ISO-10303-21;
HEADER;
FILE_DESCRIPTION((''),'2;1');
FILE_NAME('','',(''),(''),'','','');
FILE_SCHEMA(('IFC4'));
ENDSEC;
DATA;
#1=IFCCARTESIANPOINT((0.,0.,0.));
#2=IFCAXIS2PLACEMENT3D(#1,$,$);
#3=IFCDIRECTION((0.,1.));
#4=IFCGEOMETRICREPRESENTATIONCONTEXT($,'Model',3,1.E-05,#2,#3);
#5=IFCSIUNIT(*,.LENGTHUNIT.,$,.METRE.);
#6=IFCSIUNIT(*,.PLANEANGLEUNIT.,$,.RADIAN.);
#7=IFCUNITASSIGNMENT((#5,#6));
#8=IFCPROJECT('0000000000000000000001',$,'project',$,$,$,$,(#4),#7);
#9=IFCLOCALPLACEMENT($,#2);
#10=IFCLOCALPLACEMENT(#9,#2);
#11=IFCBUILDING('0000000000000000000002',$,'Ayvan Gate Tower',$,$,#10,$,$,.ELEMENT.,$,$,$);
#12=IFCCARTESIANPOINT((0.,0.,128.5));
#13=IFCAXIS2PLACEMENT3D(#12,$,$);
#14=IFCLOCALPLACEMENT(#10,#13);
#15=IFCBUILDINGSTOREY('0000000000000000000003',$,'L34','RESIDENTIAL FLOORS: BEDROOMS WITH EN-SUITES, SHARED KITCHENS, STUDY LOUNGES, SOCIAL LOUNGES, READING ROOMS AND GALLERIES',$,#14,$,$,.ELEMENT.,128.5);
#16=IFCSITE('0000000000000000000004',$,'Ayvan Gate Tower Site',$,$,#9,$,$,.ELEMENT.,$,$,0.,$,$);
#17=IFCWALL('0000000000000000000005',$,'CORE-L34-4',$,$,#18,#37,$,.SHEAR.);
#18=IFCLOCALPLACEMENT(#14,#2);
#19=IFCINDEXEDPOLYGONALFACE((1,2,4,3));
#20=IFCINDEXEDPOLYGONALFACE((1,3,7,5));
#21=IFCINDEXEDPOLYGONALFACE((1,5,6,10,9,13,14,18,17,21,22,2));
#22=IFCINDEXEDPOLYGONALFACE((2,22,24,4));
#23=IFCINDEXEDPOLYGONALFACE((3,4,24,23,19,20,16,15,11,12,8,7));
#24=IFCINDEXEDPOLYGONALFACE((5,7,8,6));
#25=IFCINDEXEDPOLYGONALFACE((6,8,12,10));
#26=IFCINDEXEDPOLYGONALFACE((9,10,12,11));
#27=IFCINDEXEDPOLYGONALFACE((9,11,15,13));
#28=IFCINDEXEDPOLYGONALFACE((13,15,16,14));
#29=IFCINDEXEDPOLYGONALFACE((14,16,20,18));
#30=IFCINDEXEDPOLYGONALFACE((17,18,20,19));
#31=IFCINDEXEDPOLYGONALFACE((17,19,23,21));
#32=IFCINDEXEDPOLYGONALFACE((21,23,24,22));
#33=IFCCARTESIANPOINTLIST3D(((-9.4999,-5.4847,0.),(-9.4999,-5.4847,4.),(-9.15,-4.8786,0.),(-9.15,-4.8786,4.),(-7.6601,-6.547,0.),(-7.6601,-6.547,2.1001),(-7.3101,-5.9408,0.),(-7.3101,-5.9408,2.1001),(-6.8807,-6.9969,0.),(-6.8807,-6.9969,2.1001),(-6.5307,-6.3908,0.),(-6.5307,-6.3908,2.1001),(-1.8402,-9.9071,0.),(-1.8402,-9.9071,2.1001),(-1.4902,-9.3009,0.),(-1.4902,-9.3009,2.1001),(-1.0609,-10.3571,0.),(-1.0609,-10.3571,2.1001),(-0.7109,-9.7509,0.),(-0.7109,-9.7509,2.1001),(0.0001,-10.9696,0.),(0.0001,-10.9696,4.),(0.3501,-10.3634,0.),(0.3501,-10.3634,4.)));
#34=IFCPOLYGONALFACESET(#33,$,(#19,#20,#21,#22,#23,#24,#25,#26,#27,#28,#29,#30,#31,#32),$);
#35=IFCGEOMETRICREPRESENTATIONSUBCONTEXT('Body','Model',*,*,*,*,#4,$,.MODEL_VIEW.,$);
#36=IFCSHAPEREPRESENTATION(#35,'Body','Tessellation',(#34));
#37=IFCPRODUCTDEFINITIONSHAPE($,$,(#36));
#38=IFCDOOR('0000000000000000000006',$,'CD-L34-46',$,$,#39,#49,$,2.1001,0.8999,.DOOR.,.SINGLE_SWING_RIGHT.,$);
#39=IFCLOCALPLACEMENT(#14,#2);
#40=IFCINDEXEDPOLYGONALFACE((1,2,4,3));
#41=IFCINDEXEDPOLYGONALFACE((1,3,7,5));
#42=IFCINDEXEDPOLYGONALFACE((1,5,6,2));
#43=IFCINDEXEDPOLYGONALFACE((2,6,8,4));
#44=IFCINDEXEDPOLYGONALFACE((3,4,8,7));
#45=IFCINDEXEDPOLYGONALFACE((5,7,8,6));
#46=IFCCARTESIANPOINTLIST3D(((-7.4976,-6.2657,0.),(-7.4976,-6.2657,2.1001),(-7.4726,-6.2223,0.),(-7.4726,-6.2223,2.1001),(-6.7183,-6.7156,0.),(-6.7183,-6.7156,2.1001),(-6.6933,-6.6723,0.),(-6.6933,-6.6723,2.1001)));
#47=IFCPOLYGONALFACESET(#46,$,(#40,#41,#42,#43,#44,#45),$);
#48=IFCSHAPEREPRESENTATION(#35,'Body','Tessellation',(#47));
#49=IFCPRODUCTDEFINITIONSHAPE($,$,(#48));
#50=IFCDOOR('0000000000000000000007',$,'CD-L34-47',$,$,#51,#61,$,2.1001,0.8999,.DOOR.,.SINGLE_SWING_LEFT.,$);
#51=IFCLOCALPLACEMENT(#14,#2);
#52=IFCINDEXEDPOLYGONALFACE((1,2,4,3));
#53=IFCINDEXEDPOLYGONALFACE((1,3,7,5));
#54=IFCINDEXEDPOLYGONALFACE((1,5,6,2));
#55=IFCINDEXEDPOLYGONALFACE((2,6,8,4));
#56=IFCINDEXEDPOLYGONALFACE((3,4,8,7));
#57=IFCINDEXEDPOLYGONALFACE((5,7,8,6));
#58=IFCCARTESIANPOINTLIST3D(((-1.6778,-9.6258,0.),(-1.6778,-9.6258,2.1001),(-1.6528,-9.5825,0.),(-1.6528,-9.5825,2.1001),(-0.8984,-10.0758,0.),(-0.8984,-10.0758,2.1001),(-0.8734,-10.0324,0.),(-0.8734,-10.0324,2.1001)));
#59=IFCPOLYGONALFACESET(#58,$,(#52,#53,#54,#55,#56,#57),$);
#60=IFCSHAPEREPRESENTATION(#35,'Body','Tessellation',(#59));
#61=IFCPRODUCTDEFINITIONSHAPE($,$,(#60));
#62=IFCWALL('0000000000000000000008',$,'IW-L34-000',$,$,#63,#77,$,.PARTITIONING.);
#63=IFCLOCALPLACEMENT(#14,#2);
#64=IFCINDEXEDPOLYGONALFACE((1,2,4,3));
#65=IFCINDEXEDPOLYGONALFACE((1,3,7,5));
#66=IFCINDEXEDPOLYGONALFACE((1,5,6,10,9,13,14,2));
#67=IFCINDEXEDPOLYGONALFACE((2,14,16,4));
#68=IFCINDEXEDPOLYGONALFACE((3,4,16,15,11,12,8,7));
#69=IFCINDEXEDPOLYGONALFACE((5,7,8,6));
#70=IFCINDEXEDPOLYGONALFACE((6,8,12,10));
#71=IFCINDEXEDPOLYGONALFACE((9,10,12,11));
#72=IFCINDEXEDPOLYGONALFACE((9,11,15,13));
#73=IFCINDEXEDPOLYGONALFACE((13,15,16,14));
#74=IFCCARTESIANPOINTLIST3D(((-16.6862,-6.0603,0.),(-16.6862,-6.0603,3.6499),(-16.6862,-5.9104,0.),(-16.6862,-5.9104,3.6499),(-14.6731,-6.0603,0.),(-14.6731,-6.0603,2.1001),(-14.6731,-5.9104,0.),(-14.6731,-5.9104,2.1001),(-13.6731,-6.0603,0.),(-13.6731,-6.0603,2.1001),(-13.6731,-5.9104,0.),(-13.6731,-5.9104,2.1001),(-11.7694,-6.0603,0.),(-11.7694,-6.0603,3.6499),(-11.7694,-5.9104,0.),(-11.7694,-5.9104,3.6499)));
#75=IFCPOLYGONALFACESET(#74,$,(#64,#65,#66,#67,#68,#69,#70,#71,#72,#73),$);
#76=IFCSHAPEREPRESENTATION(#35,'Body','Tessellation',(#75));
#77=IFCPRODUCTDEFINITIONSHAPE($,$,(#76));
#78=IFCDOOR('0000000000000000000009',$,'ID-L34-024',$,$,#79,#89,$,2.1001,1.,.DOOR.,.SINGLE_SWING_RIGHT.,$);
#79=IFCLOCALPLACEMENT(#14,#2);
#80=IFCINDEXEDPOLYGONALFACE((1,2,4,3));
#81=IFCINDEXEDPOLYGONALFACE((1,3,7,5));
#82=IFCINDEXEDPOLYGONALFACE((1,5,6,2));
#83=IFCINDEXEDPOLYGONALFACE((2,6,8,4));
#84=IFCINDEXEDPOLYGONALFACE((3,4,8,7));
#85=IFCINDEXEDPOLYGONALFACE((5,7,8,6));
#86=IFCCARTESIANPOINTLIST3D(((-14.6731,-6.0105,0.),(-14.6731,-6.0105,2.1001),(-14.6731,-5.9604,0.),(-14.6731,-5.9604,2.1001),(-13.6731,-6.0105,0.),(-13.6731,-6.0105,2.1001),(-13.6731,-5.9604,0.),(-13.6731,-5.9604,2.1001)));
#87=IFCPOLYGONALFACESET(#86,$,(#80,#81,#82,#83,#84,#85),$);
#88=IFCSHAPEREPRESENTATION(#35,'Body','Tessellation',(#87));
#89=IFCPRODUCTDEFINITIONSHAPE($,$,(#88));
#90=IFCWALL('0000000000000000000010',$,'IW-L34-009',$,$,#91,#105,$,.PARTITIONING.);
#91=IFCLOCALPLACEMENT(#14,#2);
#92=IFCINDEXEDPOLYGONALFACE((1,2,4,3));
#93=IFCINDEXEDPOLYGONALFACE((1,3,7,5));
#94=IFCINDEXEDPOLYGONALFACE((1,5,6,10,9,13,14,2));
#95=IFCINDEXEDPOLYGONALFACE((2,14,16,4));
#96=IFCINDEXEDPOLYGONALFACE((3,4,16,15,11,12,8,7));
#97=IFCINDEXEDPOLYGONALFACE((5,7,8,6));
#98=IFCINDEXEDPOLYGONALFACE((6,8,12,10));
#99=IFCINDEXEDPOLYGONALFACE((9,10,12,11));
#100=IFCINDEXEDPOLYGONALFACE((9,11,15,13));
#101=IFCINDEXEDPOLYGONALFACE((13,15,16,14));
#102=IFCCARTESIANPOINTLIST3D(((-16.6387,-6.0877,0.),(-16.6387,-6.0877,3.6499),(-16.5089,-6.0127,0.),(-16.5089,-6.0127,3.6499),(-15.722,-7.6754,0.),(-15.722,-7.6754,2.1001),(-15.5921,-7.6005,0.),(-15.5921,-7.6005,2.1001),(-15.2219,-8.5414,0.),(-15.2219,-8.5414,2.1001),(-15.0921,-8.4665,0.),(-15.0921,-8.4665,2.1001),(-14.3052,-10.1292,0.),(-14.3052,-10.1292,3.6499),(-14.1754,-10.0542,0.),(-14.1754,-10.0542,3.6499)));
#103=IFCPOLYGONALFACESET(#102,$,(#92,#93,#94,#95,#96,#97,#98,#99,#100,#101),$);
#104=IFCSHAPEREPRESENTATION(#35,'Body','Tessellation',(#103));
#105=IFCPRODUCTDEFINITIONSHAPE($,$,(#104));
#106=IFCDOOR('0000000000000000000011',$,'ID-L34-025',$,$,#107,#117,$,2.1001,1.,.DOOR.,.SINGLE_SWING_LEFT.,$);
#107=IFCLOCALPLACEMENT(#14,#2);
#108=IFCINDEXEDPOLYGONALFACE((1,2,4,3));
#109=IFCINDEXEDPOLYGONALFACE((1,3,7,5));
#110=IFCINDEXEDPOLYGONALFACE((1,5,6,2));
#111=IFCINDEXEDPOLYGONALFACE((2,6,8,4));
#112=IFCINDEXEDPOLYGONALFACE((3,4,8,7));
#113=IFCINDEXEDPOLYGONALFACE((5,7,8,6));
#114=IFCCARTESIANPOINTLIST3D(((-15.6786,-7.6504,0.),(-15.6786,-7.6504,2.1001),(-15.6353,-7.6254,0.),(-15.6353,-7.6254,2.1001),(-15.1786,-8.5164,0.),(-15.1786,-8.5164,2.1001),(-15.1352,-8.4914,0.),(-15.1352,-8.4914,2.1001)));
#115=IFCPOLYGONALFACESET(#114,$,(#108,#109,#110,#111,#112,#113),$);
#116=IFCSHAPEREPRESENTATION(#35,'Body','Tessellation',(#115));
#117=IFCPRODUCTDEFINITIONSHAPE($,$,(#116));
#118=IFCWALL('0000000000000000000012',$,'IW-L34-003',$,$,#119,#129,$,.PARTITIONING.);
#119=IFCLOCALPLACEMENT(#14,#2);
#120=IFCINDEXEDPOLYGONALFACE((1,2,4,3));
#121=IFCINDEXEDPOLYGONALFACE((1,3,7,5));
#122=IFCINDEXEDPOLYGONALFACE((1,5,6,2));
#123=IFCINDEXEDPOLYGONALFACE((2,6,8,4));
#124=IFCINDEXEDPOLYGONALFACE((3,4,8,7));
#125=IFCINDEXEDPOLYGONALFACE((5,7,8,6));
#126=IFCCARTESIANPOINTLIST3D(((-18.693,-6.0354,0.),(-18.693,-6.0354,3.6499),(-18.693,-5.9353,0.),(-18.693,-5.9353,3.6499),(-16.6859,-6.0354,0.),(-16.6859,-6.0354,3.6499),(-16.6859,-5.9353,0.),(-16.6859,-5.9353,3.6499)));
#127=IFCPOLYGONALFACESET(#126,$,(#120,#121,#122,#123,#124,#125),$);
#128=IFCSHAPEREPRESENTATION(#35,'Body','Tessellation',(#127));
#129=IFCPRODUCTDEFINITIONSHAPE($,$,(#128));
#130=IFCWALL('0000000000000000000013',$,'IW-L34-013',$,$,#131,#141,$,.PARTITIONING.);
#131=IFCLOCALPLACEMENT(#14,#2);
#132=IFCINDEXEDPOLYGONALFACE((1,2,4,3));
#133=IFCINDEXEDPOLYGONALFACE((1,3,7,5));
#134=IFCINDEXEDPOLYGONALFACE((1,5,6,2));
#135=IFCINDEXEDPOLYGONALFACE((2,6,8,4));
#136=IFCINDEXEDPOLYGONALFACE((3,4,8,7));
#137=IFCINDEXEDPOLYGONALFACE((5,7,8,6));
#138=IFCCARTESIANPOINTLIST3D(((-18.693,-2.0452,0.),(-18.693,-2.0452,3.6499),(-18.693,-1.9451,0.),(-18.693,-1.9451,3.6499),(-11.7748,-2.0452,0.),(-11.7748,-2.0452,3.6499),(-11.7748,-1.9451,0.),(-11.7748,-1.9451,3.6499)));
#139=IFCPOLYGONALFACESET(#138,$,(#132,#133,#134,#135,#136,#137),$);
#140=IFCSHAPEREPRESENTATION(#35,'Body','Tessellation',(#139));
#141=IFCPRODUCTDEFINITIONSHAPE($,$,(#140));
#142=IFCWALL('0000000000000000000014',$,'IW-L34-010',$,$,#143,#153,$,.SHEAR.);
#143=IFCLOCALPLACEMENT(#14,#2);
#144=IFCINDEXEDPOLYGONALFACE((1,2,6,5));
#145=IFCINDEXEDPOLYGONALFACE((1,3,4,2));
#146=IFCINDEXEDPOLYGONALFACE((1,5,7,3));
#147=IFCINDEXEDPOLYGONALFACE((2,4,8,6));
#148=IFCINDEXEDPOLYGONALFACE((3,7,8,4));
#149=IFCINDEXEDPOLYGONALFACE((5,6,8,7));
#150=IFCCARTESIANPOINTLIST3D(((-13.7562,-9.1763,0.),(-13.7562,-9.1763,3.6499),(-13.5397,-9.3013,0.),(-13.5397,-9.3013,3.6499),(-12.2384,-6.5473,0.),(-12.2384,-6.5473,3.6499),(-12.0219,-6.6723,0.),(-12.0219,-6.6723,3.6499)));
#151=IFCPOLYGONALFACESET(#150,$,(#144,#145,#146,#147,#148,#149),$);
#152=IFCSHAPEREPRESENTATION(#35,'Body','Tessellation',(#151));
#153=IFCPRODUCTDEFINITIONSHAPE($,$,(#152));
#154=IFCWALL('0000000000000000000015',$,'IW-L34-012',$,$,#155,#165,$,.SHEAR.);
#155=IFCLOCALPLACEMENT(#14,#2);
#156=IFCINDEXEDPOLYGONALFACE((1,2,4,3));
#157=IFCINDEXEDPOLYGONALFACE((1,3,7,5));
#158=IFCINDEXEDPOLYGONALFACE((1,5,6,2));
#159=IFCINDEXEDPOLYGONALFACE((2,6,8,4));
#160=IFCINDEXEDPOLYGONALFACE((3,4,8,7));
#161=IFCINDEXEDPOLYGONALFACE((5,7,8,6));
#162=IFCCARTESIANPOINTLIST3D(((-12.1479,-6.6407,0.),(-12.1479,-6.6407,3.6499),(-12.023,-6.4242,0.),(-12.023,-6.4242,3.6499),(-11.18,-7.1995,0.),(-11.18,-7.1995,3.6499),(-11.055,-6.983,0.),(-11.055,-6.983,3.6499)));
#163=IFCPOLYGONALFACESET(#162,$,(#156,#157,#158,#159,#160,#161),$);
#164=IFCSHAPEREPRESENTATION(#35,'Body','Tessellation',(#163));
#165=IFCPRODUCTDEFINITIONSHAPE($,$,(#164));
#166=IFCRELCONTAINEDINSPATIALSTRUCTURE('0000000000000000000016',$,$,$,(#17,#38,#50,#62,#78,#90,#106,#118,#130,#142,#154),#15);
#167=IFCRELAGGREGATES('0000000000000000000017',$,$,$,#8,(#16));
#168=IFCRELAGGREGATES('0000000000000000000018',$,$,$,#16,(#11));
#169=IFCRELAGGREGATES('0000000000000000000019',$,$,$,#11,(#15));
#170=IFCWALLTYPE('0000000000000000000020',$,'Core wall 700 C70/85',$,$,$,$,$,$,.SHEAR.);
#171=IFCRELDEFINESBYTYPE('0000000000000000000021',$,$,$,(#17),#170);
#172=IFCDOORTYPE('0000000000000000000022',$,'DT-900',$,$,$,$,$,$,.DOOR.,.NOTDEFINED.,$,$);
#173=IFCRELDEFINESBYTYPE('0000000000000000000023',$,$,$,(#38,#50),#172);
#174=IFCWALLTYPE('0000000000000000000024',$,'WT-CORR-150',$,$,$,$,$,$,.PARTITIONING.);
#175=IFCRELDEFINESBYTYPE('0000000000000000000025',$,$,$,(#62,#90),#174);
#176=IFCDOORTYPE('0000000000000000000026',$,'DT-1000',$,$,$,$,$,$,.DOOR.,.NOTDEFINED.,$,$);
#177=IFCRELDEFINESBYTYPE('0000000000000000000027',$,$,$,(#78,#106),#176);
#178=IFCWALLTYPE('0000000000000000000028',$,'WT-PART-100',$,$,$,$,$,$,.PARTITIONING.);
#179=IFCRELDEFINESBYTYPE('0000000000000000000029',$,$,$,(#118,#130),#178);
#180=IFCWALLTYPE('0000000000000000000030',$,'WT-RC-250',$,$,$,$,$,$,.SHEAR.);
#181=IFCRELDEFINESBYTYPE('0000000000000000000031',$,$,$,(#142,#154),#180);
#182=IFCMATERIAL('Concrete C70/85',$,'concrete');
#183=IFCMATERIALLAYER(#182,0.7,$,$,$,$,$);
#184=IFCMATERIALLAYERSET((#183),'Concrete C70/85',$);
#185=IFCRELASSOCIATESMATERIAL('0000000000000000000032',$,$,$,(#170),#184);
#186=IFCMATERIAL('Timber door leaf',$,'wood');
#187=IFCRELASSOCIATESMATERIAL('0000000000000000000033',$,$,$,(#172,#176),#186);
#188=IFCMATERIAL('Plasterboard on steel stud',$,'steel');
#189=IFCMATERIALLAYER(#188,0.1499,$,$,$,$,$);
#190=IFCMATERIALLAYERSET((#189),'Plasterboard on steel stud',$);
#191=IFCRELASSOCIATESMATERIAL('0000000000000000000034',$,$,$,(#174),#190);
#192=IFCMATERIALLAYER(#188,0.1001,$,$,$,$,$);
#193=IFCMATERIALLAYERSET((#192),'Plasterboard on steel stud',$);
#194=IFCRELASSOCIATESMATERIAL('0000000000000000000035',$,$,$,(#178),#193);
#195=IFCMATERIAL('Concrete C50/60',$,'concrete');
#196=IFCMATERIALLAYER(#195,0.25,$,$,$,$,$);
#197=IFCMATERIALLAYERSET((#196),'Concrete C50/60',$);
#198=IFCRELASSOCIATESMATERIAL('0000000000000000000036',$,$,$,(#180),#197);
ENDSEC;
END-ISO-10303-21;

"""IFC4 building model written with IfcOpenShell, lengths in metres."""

from ifc_helpers import new_model, si_unit, direction, frame, frame_2d, origin, place, context, subcontext, project, spatial, rectangle, extrude, material, layer, layer_set, type_object, element, fill, save


model = new_model("IFC4")

# Units and contexts
model_context = context("Model", 3, precision=1e-05, world=origin(), true_north=direction((0.0, 1.0)))
body_context = subcontext(model_context, "Body", "Model", "MODEL_VIEW")
ifc_project = project(units=[si_unit("LENGTHUNIT", "METRE"), si_unit("PLANEANGLEUNIT", "RADIAN")], contexts=[model_context])

# Site, building, storey
site_placement = place(None, origin())
site = spatial("IfcSite", under=ifc_project, at=site_placement, Name="Ayvan Gate Tower Site", CompositionType="ELEMENT", RefElevation=0.0)
building_placement = place(site_placement, origin())
building = spatial("IfcBuilding", under=site, at=building_placement, Name="Ayvan Gate Tower", CompositionType="ELEMENT")
storey_placement = place(building_placement, frame((0.0, 0.0, 128.5)))
storey = spatial("IfcBuildingStorey", under=building, at=storey_placement, Name="L34", Description="RESIDENTIAL FLOORS: BEDROOMS WITH EN-SUITES, SHARED KITCHENS, STUDY LOUNGES, SOCIAL LOUNGES, READING ROOMS AND GALLERIES", CompositionType="ELEMENT", Elevation=128.5)

# Wall, openings, doors
ifc_material_1 = material(Name="Concrete C70/85", Category="concrete")
ifc_layer_1 = layer(ifc_material_1, 0.7)
ifc_layer_set_1 = layer_set([ifc_layer_1], Name="Concrete C70/85")
wall_type_1 = type_object("IfcWallType", Name="Core wall 700 C70/85", PredefinedType="SHEAR", material=ifc_layer_set_1)
wall_1_placement = place(storey_placement, frame((-9.325, -5.1816, 0.0), z_axis=(0.0, 0.0, 1.0), x_axis=(0.866024, -0.500002, 0.0)))
wall_1 = element("IfcWall", 1, at=wall_1_placement, inside=storey, type_object=wall_type_1, Name="CORE-L34-4", PredefinedType="SHEAR", context=body_context, shape_type="SweptSolid", body=[
    extrude(rectangle(XDim=10.9697, YDim=0.7, at=frame_2d((5.4849, 0.0))), origin(), (0.0, 0.0, 1.0), 4.0),
])
opening_1_placement = place(wall_1_placement, frame((2.1245, 0.0, 0.0)))
opening_1 = element("IfcOpeningElement", 2, at=opening_1_placement, cuts=wall_1, PredefinedType="OPENING", context=body_context, shape_type="SweptSolid", body=[
    extrude(rectangle(XDim=0.8999, YDim=2.1001, at=frame_2d((0.45, 1.05))), frame((0.0, 0.3599, 0.0), z_axis=(0.0, -1.0, 0.0), x_axis=(1.0, 0.0, 0.0)), (0.0, 0.0, 1.0), 0.72),
])
opening_2_placement = place(wall_1_placement, frame((8.8447, 0.0, 0.0)))
opening_2 = element("IfcOpeningElement", 3, at=opening_2_placement, cuts=wall_1, PredefinedType="OPENING", context=body_context, shape_type="SweptSolid", body=[
    extrude(rectangle(XDim=0.8999, YDim=2.1001, at=frame_2d((0.45, 1.05))), frame((0.0, 0.3599, 0.0), z_axis=(0.0, -1.0, 0.0), x_axis=(1.0, 0.0, 0.0)), (0.0, 0.0, 1.0), 0.72),
])
ifc_material_2 = material(Name="Timber door leaf", Category="wood")
door_type_1 = type_object("IfcDoorType", Name="DT-900", OperationType="NOTDEFINED", PredefinedType="DOOR", material=ifc_material_2)
door_1_placement = place(opening_1_placement, origin())
door_1 = element("IfcDoor", 4, at=door_1_placement, inside=storey, type_object=door_type_1, Name="CD-L34-46", OperationType="SINGLE_SWING_RIGHT", OverallHeight=2.1001, OverallWidth=0.8999, PredefinedType="DOOR", context=body_context, shape_type="SweptSolid", body=[
    extrude(rectangle(XDim=0.8999, YDim=2.1001, at=frame_2d((0.45, 1.05))), frame((0.0, 0.0249, 0.0), z_axis=(0.0, -1.0, 0.0), x_axis=(1.0, 0.0, 0.0)), (0.0, 0.0, 1.0), 0.05),
])
fill(opening_1, door_1)
door_2_placement = place(opening_2_placement, origin())
door_2 = element("IfcDoor", 5, at=door_2_placement, inside=storey, type_object=door_type_1, Name="CD-L34-47", OperationType="SINGLE_SWING_LEFT", OverallHeight=2.1001, OverallWidth=0.8999, PredefinedType="DOOR", context=body_context, shape_type="SweptSolid", body=[
    extrude(rectangle(XDim=0.8999, YDim=2.1001, at=frame_2d((0.45, 1.05))), frame((0.0, 0.0249, 0.0), z_axis=(0.0, -1.0, 0.0), x_axis=(1.0, 0.0, 0.0)), (0.0, 0.0, 1.0), 0.05),
])
fill(opening_2, door_2)

# Walls, openings, doors
ifc_material_3 = material(Name="Plasterboard on steel stud", Category="steel")
ifc_layer_2 = layer(ifc_material_3, 0.1499)
ifc_layer_set_2 = layer_set([ifc_layer_2], Name="Plasterboard on steel stud")
wall_type_2 = type_object("IfcWallType", Name="WT-CORR-150", PredefinedType="PARTITIONING", material=ifc_layer_set_2)
wall_2_placement = place(storey_placement, frame((-16.6863, -5.9854, 0.0), z_axis=(0.0, 0.0, 1.0), x_axis=(1.0, 0.0, 0.0)))
wall_2 = element("IfcWall", 6, at=wall_2_placement, inside=storey, type_object=wall_type_2, Name="IW-L34-000", PredefinedType="PARTITIONING", context=body_context, shape_type="SweptSolid", body=[
    extrude(rectangle(XDim=4.9167, YDim=0.1499, at=frame_2d((2.4585, 0.0))), origin(), (0.0, 0.0, 1.0), 3.6499),
])
opening_3_placement = place(wall_2_placement, frame((2.0132, 0.0, 0.0)))
opening_3 = element("IfcOpeningElement", 7, at=opening_3_placement, cuts=wall_2, PredefinedType="OPENING", context=body_context, shape_type="SweptSolid", body=[
    extrude(rectangle(XDim=1.0, YDim=2.1001, at=frame_2d((0.5, 1.05))), frame((0.0, 0.085, 0.0), z_axis=(0.0, -1.0, 0.0), x_axis=(1.0, 0.0, 0.0)), (0.0, 0.0, 1.0), 0.1699),
])
door_type_2 = type_object("IfcDoorType", Name="DT-1000", OperationType="NOTDEFINED", PredefinedType="DOOR", material=ifc_material_2)
door_3_placement = place(opening_3_placement, origin())
door_3 = element("IfcDoor", 8, at=door_3_placement, inside=storey, type_object=door_type_2, Name="ID-L34-024", OperationType="SINGLE_SWING_RIGHT", OverallHeight=2.1001, OverallWidth=1.0, PredefinedType="DOOR", context=body_context, shape_type="SweptSolid", body=[
    extrude(rectangle(XDim=1.0, YDim=2.1001, at=frame_2d((0.5, 1.05))), frame((0.0, 0.0249, 0.0), z_axis=(0.0, -1.0, 0.0), x_axis=(1.0, 0.0, 0.0)), (0.0, 0.0, 1.0), 0.05),
])
fill(opening_3, door_3)
wall_3_placement = place(storey_placement, frame((-14.2402, -10.0918, 0.0), z_axis=(0.0, 0.0, 1.0), x_axis=(-0.500021, 0.866013, 0.0)))
wall_3 = element("IfcWall", 9, at=wall_3_placement, inside=storey, type_object=wall_type_2, Name="IW-L34-009", PredefinedType="PARTITIONING", context=body_context, shape_type="SweptSolid", body=[
    extrude(rectangle(XDim=4.6667, YDim=0.1499, at=frame_2d((2.3335, 0.0))), origin(), (0.0, 0.0, 1.0), 3.6499),
])
opening_4_placement = place(wall_3_placement, frame((1.8335, 0.0, 0.0)))
opening_4 = element("IfcOpeningElement", 10, at=opening_4_placement, cuts=wall_3, PredefinedType="OPENING", context=body_context, shape_type="SweptSolid", body=[
    extrude(rectangle(XDim=1.0, YDim=2.1001, at=frame_2d((0.5, 1.05))), frame((0.0, 0.085, 0.0), z_axis=(0.0, -1.0, 0.0), x_axis=(1.0, 0.0, 0.0)), (0.0, 0.0, 1.0), 0.1699),
])
door_4_placement = place(opening_4_placement, origin())
door_4 = element("IfcDoor", 11, at=door_4_placement, inside=storey, type_object=door_type_2, Name="ID-L34-025", OperationType="SINGLE_SWING_LEFT", OverallHeight=2.1001, OverallWidth=1.0, PredefinedType="DOOR", context=body_context, shape_type="SweptSolid", body=[
    extrude(rectangle(XDim=1.0, YDim=2.1001, at=frame_2d((0.5, 1.05))), frame((0.0, 0.0249, 0.0), z_axis=(0.0, -1.0, 0.0), x_axis=(1.0, 0.0, 0.0)), (0.0, 0.0, 1.0), 0.05),
])
fill(opening_4, door_4)

# Walls
ifc_layer_3 = layer(ifc_material_3, 0.1001)
ifc_layer_set_3 = layer_set([ifc_layer_3], Name="Plasterboard on steel stud")
wall_type_3 = type_object("IfcWallType", Name="WT-PART-100", PredefinedType="PARTITIONING", material=ifc_layer_set_3)
wall_4_placement = place(storey_placement, frame((-16.686, -5.9854, 0.0), z_axis=(0.0, 0.0, 1.0), x_axis=(-1.0, 0.0, 0.0)))
element("IfcWall", 12, at=wall_4_placement, inside=storey, type_object=wall_type_3, Name="IW-L34-003", PredefinedType="PARTITIONING", context=body_context, shape_type="SweptSolid", body=[
    extrude(rectangle(XDim=2.0071, YDim=0.1001, at=frame_2d((1.0034, 0.0))), origin(), (0.0, 0.0, 1.0), 3.6499),
])
wall_5_placement = place(storey_placement, frame((-11.7749, -1.9951, 0.0), z_axis=(0.0, 0.0, 1.0), x_axis=(-1.0, 0.0, 0.0)))
element("IfcWall", 13, at=wall_5_placement, inside=storey, type_object=wall_type_3, Name="IW-L34-013", PredefinedType="PARTITIONING", context=body_context, shape_type="SweptSolid", body=[
    extrude(rectangle(XDim=6.9182, YDim=0.1001, at=frame_2d((3.459, 0.0))), origin(), (0.0, 0.0, 1.0), 3.6499),
])
ifc_material_4 = material(Name="Concrete C50/60", Category="concrete")
ifc_layer_4 = layer(ifc_material_4, 0.25)
ifc_layer_set_4 = layer_set([ifc_layer_4], Name="Concrete C50/60")
wall_type_4 = type_object("IfcWallType", Name="WT-RC-250", PredefinedType="SHEAR", material=ifc_layer_set_4)
wall_6_placement = place(storey_placement, frame((-13.6479, -9.2388, 0.0), z_axis=(0.0, 0.0, 1.0), x_axis=(0.500006, 0.866022, 0.0)))
element("IfcWall", 14, at=wall_6_placement, inside=storey, type_object=wall_type_4, Name="IW-L34-010", PredefinedType="SHEAR", context=body_context, shape_type="SweptSolid", body=[
    extrude(rectangle(XDim=3.0356, YDim=0.25, at=frame_2d((1.5178, 0.0))), origin(), (0.0, 0.0, 1.0), 3.6499),
])
wall_7_placement = place(storey_placement, frame((-12.0854, -6.5325, 0.0), z_axis=(0.0, 0.0, 1.0), x_axis=(0.866044, -0.499968, 0.0)))
element("IfcWall", 15, at=wall_7_placement, inside=storey, type_object=wall_type_4, Name="IW-L34-012", PredefinedType="SHEAR", context=body_context, shape_type="SweptSolid", body=[
    extrude(rectangle(XDim=1.1177, YDim=0.25, at=frame_2d((0.5588, 0.0))), origin(), (0.0, 0.0, 1.0), 3.6499),
])

save(model, "model.ifc")
